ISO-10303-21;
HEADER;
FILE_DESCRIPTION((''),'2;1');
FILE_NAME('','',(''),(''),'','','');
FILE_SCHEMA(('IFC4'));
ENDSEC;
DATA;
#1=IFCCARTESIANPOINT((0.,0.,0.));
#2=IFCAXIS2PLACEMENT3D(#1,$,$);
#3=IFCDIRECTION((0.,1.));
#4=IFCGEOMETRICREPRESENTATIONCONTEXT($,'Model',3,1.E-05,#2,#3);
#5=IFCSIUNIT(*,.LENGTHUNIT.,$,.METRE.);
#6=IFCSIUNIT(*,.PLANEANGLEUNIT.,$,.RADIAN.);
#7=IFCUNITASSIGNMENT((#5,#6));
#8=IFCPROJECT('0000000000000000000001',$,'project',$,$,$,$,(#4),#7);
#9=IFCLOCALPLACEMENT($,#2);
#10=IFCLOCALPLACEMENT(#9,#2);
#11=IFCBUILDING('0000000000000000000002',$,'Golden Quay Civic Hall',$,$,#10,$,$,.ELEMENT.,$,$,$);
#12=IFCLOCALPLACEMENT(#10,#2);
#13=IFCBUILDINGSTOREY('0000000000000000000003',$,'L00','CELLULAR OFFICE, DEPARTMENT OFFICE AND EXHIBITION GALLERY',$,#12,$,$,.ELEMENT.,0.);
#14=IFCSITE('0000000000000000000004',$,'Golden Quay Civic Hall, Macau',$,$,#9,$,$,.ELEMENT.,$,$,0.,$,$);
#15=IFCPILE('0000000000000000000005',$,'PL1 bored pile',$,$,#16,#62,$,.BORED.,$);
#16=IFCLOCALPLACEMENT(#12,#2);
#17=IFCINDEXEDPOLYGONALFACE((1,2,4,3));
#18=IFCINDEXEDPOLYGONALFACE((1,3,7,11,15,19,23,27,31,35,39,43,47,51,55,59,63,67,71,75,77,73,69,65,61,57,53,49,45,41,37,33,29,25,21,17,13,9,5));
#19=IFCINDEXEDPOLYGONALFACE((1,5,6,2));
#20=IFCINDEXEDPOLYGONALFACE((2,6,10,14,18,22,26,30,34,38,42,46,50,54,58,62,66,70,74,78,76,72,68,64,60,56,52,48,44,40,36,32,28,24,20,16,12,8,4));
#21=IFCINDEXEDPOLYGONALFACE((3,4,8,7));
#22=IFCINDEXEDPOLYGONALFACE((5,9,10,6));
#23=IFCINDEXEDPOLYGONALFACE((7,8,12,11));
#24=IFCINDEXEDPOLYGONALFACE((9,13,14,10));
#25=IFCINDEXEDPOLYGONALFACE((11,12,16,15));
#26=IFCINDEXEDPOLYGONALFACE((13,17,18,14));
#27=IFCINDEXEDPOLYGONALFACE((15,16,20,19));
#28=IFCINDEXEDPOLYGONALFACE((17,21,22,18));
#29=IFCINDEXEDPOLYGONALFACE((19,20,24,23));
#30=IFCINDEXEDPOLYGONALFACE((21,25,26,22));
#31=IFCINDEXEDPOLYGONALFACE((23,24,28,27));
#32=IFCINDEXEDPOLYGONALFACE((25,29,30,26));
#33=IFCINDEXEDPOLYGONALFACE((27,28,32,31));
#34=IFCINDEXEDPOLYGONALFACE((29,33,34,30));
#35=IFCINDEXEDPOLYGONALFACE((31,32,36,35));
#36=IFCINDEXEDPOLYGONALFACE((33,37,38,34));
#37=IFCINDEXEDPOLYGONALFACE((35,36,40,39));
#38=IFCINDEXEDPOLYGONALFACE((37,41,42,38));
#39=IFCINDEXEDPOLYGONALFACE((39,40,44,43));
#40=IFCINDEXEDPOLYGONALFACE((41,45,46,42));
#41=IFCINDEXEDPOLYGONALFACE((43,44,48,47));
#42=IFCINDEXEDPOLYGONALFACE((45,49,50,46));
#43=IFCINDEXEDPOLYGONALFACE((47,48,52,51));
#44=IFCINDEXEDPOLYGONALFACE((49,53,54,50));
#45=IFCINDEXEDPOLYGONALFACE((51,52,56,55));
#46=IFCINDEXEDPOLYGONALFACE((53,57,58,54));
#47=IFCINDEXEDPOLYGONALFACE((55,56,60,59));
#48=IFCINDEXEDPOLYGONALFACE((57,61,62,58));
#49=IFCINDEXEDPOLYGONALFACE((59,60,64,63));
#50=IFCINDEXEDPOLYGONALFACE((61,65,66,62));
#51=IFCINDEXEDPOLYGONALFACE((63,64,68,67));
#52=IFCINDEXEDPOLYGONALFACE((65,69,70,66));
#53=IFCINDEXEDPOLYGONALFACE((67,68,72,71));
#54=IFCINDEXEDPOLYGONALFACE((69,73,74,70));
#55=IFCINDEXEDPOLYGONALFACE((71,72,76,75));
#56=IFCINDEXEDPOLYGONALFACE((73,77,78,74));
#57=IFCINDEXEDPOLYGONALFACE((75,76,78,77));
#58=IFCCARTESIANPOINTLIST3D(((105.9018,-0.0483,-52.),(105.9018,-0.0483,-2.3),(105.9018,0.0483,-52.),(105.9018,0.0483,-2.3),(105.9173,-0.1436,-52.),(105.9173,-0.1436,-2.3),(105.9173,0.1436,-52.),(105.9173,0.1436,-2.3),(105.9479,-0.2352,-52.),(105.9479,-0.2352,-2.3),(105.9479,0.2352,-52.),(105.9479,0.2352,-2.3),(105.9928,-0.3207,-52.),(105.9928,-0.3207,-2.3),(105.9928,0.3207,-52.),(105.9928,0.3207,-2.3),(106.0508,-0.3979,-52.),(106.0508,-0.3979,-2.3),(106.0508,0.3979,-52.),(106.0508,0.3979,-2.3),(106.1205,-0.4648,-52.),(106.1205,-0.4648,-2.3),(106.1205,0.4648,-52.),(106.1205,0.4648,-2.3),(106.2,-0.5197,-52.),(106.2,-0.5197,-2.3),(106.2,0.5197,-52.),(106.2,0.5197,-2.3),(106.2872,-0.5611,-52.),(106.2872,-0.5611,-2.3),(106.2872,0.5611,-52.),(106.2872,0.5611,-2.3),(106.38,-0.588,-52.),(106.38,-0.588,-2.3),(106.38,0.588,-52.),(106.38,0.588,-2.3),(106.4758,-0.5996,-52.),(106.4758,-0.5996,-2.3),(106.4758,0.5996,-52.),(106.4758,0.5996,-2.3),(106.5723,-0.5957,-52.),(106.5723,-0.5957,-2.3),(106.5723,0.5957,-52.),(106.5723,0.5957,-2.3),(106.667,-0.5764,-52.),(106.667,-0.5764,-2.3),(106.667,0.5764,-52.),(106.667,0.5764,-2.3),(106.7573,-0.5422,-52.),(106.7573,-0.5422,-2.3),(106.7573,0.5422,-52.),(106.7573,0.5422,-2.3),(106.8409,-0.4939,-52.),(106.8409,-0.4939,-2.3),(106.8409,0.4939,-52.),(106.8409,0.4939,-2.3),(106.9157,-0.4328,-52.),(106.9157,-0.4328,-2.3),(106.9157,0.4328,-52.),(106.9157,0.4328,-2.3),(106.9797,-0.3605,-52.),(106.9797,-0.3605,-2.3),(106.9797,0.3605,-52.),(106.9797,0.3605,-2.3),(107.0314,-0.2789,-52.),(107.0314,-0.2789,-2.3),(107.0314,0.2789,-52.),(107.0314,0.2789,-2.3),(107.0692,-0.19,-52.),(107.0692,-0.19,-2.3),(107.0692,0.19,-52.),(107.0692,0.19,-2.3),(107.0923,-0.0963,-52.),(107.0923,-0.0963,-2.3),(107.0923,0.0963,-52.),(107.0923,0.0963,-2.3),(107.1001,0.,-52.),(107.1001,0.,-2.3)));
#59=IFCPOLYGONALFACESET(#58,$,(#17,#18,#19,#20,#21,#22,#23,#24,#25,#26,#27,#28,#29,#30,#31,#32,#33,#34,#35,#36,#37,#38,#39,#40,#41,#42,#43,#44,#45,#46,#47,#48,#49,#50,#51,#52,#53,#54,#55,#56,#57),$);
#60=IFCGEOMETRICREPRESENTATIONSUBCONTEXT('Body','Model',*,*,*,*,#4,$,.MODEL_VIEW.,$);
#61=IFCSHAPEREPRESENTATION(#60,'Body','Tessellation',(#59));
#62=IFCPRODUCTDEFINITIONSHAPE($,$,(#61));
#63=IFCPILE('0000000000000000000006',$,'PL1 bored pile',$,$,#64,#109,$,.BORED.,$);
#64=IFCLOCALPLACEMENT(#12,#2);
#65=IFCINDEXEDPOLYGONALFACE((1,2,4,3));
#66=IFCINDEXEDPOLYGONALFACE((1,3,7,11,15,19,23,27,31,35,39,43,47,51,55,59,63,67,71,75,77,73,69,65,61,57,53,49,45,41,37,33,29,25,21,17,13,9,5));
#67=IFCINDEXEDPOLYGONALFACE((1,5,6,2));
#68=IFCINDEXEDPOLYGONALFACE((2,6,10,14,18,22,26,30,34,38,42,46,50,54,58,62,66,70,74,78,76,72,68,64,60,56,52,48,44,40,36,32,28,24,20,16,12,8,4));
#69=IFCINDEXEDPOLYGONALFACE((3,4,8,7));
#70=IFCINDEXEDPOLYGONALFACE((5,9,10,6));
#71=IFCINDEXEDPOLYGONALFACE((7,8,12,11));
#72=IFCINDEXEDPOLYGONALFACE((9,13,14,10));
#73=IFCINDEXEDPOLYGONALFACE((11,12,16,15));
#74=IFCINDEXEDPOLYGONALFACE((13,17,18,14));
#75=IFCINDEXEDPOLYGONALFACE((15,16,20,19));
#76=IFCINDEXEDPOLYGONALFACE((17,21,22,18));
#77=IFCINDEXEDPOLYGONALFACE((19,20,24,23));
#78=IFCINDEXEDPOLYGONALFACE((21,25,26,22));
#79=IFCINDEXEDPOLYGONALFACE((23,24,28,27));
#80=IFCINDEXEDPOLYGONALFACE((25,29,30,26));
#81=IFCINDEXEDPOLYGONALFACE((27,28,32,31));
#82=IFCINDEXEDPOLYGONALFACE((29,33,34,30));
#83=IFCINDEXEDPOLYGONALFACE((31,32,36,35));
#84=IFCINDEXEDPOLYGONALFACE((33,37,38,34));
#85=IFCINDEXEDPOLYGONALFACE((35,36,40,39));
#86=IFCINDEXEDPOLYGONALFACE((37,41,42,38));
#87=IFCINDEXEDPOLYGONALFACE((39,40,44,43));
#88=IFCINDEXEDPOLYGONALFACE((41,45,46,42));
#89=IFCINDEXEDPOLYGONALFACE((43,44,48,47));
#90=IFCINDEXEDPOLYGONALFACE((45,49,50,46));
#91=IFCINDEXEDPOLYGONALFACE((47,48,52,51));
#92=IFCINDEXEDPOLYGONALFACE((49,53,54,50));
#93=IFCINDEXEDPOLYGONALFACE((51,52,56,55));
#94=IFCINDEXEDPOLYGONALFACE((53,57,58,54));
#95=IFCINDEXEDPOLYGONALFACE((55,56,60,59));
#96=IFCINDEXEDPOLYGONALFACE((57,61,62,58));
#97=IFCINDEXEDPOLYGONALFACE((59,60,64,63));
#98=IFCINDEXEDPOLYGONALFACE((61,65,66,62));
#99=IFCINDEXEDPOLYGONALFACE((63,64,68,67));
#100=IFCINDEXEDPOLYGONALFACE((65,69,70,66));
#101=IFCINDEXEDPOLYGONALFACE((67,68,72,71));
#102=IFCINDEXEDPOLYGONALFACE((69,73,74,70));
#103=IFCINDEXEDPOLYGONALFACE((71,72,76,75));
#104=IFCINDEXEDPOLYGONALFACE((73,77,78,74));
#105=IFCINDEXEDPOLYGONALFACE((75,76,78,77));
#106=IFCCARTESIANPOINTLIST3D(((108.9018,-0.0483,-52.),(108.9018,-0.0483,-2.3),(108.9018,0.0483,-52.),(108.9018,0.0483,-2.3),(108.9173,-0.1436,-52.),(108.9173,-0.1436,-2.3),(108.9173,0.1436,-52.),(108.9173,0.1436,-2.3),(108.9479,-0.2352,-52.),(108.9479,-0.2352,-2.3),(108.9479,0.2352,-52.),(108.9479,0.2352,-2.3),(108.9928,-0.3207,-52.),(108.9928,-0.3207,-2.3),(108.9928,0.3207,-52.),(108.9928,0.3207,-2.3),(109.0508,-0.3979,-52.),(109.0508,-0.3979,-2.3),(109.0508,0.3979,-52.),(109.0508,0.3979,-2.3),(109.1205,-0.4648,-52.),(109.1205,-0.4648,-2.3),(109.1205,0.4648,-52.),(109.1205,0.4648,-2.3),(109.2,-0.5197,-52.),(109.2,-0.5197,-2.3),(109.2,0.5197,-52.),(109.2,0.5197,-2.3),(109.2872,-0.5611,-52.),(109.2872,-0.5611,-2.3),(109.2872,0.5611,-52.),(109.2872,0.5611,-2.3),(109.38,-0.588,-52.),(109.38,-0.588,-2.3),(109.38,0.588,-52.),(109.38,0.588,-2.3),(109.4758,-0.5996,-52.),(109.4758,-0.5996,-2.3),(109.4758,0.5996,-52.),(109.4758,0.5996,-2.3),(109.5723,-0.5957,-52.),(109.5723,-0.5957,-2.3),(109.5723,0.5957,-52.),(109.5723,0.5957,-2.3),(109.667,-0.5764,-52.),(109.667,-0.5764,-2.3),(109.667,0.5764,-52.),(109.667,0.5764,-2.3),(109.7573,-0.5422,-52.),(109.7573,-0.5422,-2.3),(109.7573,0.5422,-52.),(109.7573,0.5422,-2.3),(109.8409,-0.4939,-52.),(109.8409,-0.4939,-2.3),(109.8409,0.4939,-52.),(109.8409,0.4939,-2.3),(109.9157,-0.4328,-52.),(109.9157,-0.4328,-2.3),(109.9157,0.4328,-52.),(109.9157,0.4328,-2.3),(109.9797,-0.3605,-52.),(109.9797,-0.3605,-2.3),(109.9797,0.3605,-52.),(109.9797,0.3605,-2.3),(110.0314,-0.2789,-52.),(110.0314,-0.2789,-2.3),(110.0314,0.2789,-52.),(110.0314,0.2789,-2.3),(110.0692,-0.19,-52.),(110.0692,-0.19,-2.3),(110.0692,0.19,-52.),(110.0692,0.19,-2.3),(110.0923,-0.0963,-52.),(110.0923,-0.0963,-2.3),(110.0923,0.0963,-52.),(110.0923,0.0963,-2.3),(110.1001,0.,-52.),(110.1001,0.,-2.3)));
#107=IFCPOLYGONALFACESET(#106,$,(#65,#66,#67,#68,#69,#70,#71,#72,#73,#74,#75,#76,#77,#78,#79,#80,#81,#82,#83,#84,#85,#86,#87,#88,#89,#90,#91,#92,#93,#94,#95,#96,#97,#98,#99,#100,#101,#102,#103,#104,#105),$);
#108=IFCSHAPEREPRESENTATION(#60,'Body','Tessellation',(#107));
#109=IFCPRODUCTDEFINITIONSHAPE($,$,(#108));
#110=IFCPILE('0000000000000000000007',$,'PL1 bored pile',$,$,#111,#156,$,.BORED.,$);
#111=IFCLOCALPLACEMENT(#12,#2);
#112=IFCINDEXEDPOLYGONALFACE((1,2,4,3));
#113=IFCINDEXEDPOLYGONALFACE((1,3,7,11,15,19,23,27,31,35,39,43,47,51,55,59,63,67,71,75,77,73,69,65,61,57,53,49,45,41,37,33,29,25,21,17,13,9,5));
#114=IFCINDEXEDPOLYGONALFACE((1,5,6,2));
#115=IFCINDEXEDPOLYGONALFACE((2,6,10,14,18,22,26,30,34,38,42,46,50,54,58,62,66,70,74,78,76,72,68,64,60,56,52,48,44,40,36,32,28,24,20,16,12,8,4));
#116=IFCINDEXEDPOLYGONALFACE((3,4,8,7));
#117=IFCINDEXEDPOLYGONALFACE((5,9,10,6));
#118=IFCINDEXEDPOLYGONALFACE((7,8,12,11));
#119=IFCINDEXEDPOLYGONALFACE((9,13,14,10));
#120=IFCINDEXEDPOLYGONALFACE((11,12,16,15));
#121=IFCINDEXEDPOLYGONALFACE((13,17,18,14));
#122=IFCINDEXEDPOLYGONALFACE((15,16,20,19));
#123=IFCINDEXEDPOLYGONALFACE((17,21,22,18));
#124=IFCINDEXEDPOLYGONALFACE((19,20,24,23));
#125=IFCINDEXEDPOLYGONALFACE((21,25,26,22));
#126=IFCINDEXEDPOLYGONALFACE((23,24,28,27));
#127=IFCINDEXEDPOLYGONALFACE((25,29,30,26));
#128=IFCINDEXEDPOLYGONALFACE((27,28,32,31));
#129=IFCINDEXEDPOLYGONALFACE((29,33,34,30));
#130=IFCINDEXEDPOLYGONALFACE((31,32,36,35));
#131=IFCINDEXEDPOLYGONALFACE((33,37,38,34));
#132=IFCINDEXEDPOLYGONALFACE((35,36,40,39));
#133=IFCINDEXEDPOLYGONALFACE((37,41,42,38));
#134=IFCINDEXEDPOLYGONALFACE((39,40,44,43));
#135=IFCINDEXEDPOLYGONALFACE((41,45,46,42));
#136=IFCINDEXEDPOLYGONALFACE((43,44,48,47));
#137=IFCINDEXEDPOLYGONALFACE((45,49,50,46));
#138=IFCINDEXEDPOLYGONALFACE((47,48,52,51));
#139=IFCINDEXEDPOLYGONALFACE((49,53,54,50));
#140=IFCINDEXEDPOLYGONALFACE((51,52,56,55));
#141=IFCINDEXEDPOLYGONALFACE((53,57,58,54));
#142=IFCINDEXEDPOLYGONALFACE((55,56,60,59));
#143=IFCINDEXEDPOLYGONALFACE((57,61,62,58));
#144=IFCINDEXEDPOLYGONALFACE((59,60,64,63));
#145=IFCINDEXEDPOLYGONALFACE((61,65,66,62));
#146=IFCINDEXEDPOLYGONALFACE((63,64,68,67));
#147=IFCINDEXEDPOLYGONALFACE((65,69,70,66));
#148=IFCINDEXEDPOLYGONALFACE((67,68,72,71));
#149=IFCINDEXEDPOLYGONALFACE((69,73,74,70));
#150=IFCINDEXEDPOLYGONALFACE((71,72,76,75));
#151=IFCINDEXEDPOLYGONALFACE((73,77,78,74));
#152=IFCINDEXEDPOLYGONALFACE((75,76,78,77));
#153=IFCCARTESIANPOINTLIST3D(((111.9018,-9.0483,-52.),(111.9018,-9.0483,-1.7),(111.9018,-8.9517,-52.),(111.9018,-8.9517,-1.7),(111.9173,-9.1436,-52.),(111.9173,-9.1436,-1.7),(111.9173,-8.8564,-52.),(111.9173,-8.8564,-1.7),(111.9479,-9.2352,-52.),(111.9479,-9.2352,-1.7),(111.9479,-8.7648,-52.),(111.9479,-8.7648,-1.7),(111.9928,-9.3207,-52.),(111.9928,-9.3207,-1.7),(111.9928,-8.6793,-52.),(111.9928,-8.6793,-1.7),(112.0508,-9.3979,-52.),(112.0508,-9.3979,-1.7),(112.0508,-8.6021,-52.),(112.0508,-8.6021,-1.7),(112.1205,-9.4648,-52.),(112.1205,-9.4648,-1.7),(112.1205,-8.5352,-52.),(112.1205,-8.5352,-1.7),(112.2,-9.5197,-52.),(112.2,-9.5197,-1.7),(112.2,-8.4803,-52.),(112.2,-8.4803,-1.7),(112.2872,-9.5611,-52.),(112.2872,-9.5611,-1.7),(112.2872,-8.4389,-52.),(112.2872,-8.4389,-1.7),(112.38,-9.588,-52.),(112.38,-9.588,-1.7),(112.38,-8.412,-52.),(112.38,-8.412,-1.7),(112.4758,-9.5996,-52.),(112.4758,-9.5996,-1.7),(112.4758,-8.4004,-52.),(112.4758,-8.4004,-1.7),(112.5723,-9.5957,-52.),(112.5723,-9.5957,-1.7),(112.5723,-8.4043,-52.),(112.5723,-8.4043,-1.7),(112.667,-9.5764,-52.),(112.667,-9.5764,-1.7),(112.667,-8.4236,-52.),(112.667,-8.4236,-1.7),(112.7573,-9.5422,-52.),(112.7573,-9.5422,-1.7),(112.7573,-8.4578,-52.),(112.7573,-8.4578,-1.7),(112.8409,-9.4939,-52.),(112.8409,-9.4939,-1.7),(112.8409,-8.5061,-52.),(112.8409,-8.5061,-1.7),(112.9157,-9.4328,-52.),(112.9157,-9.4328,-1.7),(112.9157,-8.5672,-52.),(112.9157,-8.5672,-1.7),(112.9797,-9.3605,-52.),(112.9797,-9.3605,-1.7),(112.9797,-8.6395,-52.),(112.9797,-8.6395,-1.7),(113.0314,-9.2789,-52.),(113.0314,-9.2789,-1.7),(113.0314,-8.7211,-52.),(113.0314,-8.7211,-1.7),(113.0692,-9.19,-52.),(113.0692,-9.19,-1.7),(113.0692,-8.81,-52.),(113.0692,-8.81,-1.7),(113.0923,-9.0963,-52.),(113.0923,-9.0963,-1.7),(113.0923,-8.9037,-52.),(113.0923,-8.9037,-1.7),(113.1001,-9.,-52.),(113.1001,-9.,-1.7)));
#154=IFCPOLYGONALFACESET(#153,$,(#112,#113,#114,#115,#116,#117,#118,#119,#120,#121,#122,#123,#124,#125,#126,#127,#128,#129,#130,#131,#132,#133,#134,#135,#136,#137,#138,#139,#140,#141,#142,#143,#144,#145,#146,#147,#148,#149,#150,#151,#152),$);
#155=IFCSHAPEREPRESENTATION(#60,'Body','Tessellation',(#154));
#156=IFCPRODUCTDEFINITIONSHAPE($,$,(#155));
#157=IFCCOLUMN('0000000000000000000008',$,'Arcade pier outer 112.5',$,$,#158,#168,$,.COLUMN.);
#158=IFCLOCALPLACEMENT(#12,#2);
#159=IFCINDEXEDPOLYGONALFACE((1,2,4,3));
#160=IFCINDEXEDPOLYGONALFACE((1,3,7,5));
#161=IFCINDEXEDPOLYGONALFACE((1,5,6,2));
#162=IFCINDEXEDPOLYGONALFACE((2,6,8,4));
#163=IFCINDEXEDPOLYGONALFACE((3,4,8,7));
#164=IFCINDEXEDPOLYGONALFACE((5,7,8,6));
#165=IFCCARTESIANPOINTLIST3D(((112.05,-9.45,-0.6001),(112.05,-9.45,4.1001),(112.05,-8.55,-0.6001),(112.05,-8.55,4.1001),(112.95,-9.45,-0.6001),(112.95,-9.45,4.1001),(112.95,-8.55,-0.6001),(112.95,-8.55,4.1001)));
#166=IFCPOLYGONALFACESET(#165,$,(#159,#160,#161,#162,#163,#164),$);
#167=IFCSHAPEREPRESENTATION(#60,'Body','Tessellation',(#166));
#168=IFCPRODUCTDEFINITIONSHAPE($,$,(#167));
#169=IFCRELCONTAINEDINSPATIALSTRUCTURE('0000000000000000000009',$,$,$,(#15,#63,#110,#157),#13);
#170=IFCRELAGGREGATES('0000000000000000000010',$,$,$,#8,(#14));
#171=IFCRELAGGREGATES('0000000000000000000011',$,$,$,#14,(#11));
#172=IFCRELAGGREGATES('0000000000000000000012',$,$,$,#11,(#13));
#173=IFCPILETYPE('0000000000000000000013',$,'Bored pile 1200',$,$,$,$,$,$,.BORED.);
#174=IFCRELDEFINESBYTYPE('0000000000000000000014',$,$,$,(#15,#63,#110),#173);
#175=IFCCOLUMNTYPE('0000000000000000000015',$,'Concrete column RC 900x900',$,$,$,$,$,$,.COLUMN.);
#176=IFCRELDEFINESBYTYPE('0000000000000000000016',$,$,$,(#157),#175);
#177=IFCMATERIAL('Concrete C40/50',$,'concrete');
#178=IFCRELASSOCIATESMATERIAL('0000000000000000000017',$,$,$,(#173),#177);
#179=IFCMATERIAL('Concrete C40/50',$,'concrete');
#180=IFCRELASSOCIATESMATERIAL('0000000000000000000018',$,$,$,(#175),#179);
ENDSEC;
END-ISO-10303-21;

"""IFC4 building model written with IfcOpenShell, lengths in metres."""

from ifc_helpers import new_model, si_unit, direction, frame, origin, origin_2d, place, context, subcontext, project, spatial, rectangle, circle, extrude, material, material_profile, profile_set, type_object, element, save


model = new_model("IFC4")

# Units and contexts
model_context = context("Model", 3, precision=1e-05, world=origin(), true_north=direction((0.0, 1.0)))
body_context = subcontext(model_context, "Body", "Model", "MODEL_VIEW")
ifc_project = project(units=[si_unit("LENGTHUNIT", "METRE"), si_unit("PLANEANGLEUNIT", "RADIAN")], contexts=[model_context])

# Site, building, storey
site_placement = place(None, origin())
site = spatial("IfcSite", under=ifc_project, at=site_placement, Name="Golden Quay Civic Hall, Macau", CompositionType="ELEMENT", RefElevation=0.0)
building_placement = place(site_placement, origin())
building = spatial("IfcBuilding", under=site, at=building_placement, Name="Golden Quay Civic Hall", CompositionType="ELEMENT")
storey_placement = place(building_placement, origin())
storey = spatial("IfcBuildingStorey", under=building, at=storey_placement, Name="L00", Description="CELLULAR OFFICE, DEPARTMENT OFFICE AND EXHIBITION GALLERY", CompositionType="ELEMENT", Elevation=0.0)

# Piles
ifc_material_1 = material(Name="Concrete C40/50", Category="concrete")
ifc_material_profile_1 = material_profile(ifc_material_1, circle(Radius=0.6001, at=origin_2d()), Name="RC D1200")
ifc_profile_set_1 = profile_set([ifc_material_profile_1], Name="Concrete C40/50")
pile_type = type_object("IfcPileType", Name="Bored pile 1200", PredefinedType="BORED", material=ifc_profile_set_1)
for number, where, z_axis, x_axis, name in (
    (1, (106.5, 0.0, -2.3), (0.0, 0.0, -1.0), (1.0, 0.0, 0.0), "PL1 bored pile"),
    (2, (109.5, 0.0, -2.3), (0.0, 0.0, -1.0), (1.0, 0.0, 0.0), "PL1 bored pile"),
):
    element("IfcPile", number, at=place(storey_placement, frame(where, z_axis=z_axis, x_axis=x_axis)), inside=storey, type_object=pile_type, Name=name, PredefinedType="BORED", context=body_context, shape_type="SweptSolid", body=[
        extrude(circle(Radius=0.6001, at=origin_2d()), origin(), (0.0, 0.0, 1.0), 49.7),
    ])
pile_placement = place(storey_placement, frame((112.5, -9.0, -1.7), z_axis=(0.0, 0.0, -1.0), x_axis=(1.0, 0.0, 0.0)))
element("IfcPile", 3, at=pile_placement, inside=storey, type_object=pile_type, Name="PL1 bored pile", PredefinedType="BORED", context=body_context, shape_type="SweptSolid", body=[
    extrude(circle(Radius=0.6001, at=origin_2d()), origin(), (0.0, 0.0, 1.0), 50.3),
])

# Column
ifc_material_2 = material(Name="Concrete C40/50", Category="concrete")
ifc_material_profile_2 = material_profile(ifc_material_2, rectangle(XDim=0.8999, YDim=0.8999, at=origin_2d()), Name="RC 900x900")
ifc_profile_set_2 = profile_set([ifc_material_profile_2], Name="Concrete C40/50")
column_type_1 = type_object("IfcColumnType", Name="Concrete column RC 900x900", PredefinedType="COLUMN", material=ifc_profile_set_2)
column_placement = place(storey_placement, frame((112.5, -9.0, -0.6001), z_axis=(0.0, 0.0, 1.0), x_axis=(1.0, 0.0, 0.0)))
element("IfcColumn", 4, at=column_placement, inside=storey, type_object=column_type_1, Name="Arcade pier outer 112.5", PredefinedType="COLUMN", context=body_context, shape_type="SweptSolid", body=[
    extrude(rectangle(XDim=0.8999, YDim=0.8999, at=origin_2d()), origin(), (0.0, 0.0, 1.0), 4.7002),
])

save(model, "model.ifc")
